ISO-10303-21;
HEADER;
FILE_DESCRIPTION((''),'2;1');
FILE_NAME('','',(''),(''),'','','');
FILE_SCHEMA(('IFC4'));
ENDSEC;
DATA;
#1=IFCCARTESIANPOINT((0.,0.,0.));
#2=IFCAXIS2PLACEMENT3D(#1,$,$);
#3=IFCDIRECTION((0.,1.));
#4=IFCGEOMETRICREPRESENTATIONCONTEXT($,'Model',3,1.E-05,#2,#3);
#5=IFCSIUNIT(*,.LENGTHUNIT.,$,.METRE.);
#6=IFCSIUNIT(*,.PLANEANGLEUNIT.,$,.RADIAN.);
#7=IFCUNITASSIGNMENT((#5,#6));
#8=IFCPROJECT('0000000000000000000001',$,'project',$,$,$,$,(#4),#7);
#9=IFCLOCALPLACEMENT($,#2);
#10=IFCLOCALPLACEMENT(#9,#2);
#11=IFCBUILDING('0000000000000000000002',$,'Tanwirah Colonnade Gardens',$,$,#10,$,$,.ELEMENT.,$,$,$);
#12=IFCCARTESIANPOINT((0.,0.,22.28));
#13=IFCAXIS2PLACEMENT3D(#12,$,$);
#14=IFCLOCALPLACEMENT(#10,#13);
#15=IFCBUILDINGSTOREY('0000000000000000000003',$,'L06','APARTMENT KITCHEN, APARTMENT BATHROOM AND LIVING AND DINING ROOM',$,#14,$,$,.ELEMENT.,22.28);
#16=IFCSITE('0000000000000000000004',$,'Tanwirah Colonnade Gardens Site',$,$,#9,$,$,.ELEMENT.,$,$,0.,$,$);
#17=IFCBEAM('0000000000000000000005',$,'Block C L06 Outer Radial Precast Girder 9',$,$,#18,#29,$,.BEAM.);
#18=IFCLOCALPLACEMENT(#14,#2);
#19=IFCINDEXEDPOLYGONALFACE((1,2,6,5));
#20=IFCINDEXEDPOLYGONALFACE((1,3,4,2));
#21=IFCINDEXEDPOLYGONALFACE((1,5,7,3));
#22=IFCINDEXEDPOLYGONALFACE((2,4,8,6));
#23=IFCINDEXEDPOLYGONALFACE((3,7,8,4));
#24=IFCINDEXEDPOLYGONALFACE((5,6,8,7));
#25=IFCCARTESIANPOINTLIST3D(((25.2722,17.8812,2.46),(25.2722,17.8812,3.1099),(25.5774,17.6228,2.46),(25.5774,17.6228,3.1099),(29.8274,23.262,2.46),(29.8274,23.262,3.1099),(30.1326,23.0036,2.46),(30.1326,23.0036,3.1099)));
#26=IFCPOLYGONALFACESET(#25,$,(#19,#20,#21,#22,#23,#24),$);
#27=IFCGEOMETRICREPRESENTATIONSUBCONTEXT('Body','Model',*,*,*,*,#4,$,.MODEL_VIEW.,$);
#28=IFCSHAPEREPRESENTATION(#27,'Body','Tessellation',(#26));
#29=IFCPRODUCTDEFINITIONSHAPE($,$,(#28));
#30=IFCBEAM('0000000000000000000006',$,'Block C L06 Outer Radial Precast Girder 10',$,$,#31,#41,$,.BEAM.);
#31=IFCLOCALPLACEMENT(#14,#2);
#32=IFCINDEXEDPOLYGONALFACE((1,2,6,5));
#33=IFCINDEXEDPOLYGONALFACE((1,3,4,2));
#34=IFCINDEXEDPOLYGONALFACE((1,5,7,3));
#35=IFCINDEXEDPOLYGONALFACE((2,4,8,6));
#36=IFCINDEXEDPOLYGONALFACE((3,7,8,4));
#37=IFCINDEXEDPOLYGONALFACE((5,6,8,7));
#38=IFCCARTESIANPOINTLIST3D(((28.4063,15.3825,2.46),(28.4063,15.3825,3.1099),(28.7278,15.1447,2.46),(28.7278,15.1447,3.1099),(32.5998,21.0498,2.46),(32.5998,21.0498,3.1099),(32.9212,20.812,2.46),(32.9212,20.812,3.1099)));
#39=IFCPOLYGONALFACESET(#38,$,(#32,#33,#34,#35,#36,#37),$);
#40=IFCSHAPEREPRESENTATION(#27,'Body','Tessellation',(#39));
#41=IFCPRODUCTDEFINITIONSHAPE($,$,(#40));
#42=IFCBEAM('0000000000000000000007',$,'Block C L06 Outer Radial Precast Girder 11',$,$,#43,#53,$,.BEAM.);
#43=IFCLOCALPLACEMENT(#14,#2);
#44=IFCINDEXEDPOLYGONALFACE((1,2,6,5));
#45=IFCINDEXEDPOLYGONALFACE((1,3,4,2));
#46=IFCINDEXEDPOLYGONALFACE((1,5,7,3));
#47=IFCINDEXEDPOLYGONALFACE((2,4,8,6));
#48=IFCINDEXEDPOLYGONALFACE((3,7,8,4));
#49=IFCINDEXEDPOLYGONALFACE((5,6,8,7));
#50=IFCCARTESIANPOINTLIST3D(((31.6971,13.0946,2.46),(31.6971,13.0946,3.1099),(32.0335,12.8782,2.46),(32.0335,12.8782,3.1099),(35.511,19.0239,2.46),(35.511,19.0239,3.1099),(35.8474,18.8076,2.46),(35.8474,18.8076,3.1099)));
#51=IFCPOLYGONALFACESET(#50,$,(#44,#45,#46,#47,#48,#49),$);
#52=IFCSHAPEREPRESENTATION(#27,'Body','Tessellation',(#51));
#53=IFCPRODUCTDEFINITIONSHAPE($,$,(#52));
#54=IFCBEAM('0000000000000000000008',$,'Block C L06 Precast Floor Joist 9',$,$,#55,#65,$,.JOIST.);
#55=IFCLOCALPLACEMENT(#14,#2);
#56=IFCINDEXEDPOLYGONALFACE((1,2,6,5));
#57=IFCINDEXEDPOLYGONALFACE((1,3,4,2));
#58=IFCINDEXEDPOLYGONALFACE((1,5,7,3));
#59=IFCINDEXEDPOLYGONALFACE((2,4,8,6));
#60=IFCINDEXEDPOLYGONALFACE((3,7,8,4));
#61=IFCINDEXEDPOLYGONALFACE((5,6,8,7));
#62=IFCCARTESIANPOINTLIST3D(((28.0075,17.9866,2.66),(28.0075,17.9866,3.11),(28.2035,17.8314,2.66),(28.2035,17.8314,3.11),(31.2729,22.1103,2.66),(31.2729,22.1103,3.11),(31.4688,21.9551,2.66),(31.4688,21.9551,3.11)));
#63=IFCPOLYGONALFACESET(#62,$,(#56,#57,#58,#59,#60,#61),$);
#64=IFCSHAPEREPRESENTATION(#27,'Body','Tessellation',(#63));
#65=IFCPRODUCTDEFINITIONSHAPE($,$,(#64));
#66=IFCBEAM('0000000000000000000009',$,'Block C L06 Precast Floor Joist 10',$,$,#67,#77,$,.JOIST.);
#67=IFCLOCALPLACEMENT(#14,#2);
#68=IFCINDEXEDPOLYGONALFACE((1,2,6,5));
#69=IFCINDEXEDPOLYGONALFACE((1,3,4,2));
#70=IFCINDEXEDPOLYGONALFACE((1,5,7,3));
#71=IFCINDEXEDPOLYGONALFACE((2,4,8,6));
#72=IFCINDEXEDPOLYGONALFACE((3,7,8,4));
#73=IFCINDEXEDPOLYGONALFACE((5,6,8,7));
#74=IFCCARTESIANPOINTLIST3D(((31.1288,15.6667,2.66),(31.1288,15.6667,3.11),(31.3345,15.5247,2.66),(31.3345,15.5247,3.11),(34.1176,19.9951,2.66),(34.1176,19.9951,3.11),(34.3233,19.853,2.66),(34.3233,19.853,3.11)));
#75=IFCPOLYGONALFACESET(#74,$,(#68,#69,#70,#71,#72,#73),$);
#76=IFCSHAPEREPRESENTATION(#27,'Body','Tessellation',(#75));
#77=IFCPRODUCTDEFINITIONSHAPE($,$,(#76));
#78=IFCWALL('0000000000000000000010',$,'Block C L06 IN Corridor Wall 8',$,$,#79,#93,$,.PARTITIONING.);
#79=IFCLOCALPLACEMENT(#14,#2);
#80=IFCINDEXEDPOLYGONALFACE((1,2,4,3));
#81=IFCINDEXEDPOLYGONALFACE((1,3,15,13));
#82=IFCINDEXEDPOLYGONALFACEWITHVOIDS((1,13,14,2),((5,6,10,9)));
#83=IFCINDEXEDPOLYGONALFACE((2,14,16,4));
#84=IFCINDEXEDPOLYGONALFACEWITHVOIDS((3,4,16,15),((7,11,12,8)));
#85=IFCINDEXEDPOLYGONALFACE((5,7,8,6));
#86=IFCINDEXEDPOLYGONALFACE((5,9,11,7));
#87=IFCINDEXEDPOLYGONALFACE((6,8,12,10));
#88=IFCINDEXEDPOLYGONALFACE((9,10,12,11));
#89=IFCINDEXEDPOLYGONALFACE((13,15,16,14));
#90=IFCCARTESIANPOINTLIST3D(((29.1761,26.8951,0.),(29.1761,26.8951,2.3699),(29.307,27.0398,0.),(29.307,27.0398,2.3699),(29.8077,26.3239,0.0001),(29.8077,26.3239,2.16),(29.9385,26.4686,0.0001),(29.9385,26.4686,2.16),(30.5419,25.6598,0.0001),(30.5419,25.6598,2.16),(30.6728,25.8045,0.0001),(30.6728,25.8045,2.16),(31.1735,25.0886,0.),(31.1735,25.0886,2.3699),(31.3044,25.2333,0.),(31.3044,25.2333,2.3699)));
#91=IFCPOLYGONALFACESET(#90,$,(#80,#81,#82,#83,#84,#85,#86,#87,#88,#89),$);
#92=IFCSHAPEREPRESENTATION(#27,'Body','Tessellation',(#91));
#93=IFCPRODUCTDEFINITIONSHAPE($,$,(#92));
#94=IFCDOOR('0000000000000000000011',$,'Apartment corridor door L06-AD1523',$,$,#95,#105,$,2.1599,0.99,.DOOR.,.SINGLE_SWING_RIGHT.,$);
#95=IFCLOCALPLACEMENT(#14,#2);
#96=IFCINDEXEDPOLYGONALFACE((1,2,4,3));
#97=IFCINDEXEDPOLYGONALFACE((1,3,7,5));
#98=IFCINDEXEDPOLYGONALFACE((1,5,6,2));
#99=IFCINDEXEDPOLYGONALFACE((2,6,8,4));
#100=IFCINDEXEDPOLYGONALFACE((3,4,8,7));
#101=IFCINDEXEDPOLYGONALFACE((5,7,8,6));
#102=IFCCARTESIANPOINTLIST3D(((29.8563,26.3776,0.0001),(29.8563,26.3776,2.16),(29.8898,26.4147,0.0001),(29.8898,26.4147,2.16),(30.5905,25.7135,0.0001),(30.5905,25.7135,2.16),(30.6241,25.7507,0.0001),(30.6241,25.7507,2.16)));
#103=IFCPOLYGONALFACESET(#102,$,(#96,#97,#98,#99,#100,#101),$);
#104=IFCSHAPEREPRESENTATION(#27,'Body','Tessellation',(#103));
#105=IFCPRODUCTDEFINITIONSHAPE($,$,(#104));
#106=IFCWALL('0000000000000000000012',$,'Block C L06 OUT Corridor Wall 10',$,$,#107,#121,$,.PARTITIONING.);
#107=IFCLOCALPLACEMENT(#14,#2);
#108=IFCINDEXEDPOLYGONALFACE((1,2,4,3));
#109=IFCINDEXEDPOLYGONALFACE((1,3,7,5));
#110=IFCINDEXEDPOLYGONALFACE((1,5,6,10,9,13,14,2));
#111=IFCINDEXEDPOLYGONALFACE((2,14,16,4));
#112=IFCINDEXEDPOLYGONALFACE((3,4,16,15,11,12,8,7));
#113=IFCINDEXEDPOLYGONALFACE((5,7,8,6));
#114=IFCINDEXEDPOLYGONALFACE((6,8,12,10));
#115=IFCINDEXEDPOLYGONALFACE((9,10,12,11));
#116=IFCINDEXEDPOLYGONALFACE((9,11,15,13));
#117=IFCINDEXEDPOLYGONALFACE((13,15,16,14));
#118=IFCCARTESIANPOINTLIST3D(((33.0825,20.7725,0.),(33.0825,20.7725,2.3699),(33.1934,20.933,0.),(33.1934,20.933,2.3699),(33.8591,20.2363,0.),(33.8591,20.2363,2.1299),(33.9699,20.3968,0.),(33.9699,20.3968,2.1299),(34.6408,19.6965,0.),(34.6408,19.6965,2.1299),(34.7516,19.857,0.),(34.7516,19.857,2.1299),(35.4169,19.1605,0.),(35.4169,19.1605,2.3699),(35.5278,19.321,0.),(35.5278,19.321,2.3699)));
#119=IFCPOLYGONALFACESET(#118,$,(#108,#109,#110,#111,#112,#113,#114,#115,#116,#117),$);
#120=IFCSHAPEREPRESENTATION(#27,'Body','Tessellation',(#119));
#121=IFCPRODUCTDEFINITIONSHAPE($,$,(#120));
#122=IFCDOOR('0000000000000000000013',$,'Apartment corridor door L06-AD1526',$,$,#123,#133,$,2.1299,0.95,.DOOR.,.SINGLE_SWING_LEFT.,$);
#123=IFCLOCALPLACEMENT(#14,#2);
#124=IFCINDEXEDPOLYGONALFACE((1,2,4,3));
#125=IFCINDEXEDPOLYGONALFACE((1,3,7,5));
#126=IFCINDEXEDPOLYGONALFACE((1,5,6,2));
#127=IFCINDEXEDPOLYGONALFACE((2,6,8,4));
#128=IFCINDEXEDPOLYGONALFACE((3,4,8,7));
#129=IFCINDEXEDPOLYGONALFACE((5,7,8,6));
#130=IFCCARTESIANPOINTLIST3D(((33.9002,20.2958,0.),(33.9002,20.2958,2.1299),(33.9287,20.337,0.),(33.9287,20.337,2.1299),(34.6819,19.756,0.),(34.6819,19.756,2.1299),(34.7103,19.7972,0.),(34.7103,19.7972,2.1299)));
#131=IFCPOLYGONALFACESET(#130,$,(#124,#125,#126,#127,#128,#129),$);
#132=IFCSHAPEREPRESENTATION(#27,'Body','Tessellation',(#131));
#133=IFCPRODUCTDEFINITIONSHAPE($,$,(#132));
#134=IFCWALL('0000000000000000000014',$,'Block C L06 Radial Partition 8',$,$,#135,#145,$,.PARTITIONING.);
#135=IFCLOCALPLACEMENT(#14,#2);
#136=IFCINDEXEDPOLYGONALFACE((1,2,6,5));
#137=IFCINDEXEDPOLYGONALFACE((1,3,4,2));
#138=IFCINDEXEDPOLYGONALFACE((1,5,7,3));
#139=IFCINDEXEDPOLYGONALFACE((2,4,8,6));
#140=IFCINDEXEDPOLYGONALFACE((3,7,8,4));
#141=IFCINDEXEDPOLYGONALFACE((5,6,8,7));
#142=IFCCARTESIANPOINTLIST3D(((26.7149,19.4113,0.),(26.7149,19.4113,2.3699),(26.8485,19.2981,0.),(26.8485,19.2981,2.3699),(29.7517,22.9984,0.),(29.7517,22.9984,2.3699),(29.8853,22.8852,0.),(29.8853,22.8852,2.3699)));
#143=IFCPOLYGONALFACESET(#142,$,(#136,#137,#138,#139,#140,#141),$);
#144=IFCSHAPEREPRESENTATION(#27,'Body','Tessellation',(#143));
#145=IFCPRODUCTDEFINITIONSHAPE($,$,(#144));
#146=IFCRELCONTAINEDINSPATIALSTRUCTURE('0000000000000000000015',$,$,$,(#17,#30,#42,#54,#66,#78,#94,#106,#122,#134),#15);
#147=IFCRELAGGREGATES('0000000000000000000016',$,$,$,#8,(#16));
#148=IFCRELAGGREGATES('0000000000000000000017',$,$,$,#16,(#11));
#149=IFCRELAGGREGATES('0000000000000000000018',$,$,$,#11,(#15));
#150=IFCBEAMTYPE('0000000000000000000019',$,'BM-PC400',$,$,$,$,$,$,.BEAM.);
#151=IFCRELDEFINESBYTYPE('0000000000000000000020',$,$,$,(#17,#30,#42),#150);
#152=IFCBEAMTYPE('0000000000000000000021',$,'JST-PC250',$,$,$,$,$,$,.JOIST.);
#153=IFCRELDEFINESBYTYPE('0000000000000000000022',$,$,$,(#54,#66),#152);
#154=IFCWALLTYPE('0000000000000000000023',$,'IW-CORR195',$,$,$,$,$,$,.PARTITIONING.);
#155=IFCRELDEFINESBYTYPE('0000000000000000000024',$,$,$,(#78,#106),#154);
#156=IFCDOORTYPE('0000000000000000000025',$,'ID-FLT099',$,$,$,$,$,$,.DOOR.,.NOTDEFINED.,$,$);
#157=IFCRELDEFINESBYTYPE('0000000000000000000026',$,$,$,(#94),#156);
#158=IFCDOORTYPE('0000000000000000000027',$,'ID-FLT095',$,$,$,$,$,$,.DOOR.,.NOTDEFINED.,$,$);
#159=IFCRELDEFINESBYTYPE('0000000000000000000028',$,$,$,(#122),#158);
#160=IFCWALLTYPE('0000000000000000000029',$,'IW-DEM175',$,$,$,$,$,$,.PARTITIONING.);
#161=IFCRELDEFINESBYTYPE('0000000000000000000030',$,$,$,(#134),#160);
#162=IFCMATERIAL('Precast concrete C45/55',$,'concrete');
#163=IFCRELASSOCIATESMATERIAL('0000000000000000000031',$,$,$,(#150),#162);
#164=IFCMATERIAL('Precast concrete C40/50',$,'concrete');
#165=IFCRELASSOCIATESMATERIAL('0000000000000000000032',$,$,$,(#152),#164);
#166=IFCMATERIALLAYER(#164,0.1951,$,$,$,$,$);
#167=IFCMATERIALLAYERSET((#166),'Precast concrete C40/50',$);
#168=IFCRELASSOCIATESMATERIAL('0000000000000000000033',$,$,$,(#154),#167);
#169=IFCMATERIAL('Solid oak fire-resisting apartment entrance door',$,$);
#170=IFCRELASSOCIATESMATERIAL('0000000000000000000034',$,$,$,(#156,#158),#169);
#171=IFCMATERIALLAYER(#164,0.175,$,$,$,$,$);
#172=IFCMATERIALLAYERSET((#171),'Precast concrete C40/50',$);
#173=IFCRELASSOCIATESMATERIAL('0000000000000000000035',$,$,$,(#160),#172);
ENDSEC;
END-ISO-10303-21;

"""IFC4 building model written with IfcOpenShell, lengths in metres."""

from ifc_helpers import new_model, si_unit, direction, frame, frame_2d, origin, origin_2d, place, context, subcontext, project, spatial, rectangle, extrude, material, layer, layer_set, material_profile, profile_set, type_object, element, fill, save


model = new_model("IFC4")

# Units and contexts
model_context = context("Model", 3, precision=1e-05, world=origin(), true_north=direction((0.0, 1.0)))
body_context = subcontext(model_context, "Body", "Model", "MODEL_VIEW")
ifc_project = project(units=[si_unit("LENGTHUNIT", "METRE"), si_unit("PLANEANGLEUNIT", "RADIAN")], contexts=[model_context])

# Site, building, storey
site_placement = place(None, origin())
site = spatial("IfcSite", under=ifc_project, at=site_placement, Name="Tanwirah Colonnade Gardens Site", CompositionType="ELEMENT", RefElevation=0.0)
building_placement = place(site_placement, origin())
building = spatial("IfcBuilding", under=site, at=building_placement, Name="Tanwirah Colonnade Gardens", CompositionType="ELEMENT")
storey_placement = place(building_placement, frame((0.0, 0.0, 22.28)))
storey = spatial("IfcBuildingStorey", under=building, at=storey_placement, Name="L06", Description="APARTMENT KITCHEN, APARTMENT BATHROOM AND LIVING AND DINING ROOM", CompositionType="ELEMENT", Elevation=22.28)

# Shared definitions
ifc_material_1 = material(Name="Precast concrete C40/50", Category="concrete")

# Beams
ifc_material_2 = material(Name="Precast concrete C45/55", Category="concrete")
ifc_material_profile_1 = material_profile(ifc_material_2, rectangle(XDim=0.3999, YDim=0.6499, at=origin_2d()), Name="PC-BM 400x650")
ifc_profile_set_1 = profile_set([ifc_material_profile_1], Name="Precast concrete C45/55")
beam_type_1 = type_object("IfcBeamType", Name="BM-PC400", PredefinedType="BEAM", material=ifc_profile_set_1)
for number, where, z_axis, x_axis, name in (
    (1, (29.98, 23.1328, 2.7849), (-0.646119, -0.763237, 0.0), (0.763237, -0.646119, 0.0), "Block C L06 Outer Radial Precast Girder 9"),
    (2, (32.7605, 20.9309, 2.7849), (-0.594807, -0.803869, 0.0), (0.803869, -0.594807, 0.0), "Block C L06 Outer Radial Precast Girder 10"),
    (3, (35.6792, 18.9158, 2.7849), (-0.540976, -0.841038, 0.0), (0.841038, -0.540976, 0.0), "Block C L06 Outer Radial Precast Girder 11"),
):
    element("IfcBeam", number, at=place(storey_placement, frame(where, z_axis=z_axis, x_axis=x_axis)), inside=storey, type_object=beam_type_1, Name=name, PredefinedType="BEAM", context=body_context, shape_type="SweptSolid", body=[
        extrude(rectangle(XDim=0.3999, YDim=0.6499, at=origin_2d()), origin(), (0.0, 0.0, 1.0), 7.05),
    ])
ifc_material_profile_2 = material_profile(ifc_material_1, rectangle(XDim=0.25, YDim=0.45, at=origin_2d()), Name="PC-JST 250x450")
ifc_profile_set_2 = profile_set([ifc_material_profile_2], Name="Precast concrete C40/50")
beam_type_2 = type_object("IfcBeamType", Name="JST-PC250", PredefinedType="JOIST", material=ifc_profile_set_2)
for number, where, z_axis, x_axis, name in (
    (4, (31.3708, 22.0327, 2.885), (-0.620787, -0.783979, 0.0), (0.783979, -0.620787, 0.0), "Block C L06 Precast Floor Joist 9"),
    (5, (34.2205, 19.9241, 2.885), (-0.568208, -0.822885, 0.0), (0.822885, -0.568208, 0.0), "Block C L06 Precast Floor Joist 10"),
):
    element("IfcBeam", number, at=place(storey_placement, frame(where, z_axis=z_axis, x_axis=x_axis)), inside=storey, type_object=beam_type_2, Name=name, PredefinedType="JOIST", context=body_context, shape_type="SweptSolid", body=[
        extrude(rectangle(XDim=0.25, YDim=0.45, at=origin_2d()), origin(), (0.0, 0.0, 1.0), 5.26),
    ])

# Walls, openings, doors
ifc_layer_1 = layer(ifc_material_1, 0.1951)
ifc_layer_set_1 = layer_set([ifc_layer_1], Name="Precast concrete C40/50")
wall_type_1 = type_object("IfcWallType", Name="IW-CORR195", PredefinedType="PARTITIONING", material=ifc_layer_set_1)
wall_1_placement = place(storey_placement, frame((29.2415, 26.9675, 0.0), z_axis=(0.0, 0.0, 1.0), x_axis=(0.741665, -0.670771, 0.0)))
wall_1 = element("IfcWall", 6, at=wall_1_placement, inside=storey, type_object=wall_type_1, Name="Block C L06 IN Corridor Wall 8", PredefinedType="PARTITIONING", context=body_context, shape_type="SweptSolid", body=[
    extrude(rectangle(XDim=2.6931, YDim=0.1951, at=frame_2d((1.3467, 0.0))), origin(), (0.0, 0.0, 1.0), 2.3699),
])
opening_1_placement = place(wall_1_placement, frame((0.8516, 0.0, 0.0)))
opening_1 = element("IfcOpeningElement", 7, at=opening_1_placement, cuts=wall_1, PredefinedType="OPENING", context=body_context, shape_type="SweptSolid", body=[
    extrude(rectangle(XDim=0.99, YDim=2.1599, at=frame_2d((0.4951, 1.0801))), frame((0.0, 0.1074, 0.0), z_axis=(0.0, -1.0, 0.0), x_axis=(1.0, 0.0, 0.0)), (0.0, 0.0, 1.0), 0.2151),
])
ifc_material_3 = material(Name="Solid oak fire-resisting apartment entrance door")
door_type_1 = type_object("IfcDoorType", Name="ID-FLT099", OperationType="NOTDEFINED", PredefinedType="DOOR", material=ifc_material_3)
door_1_placement = place(opening_1_placement, origin())
door_1 = element("IfcDoor", 8, at=door_1_placement, inside=storey, type_object=door_type_1, Name="Apartment corridor door L06-AD1523", OperationType="SINGLE_SWING_RIGHT", OverallHeight=2.1599, OverallWidth=0.99, PredefinedType="DOOR", context=body_context, shape_type="SweptSolid", body=[
    extrude(rectangle(XDim=0.99, YDim=2.1599, at=frame_2d((0.4951, 1.0801))), frame((0.0, 0.0249, 0.0), z_axis=(0.0, -1.0, 0.0), x_axis=(1.0, 0.0, 0.0)), (0.0, 0.0, 1.0), 0.05),
])
fill(opening_1, door_1)
wall_2_placement = place(storey_placement, frame((33.1379, 20.8528, 0.0), z_axis=(0.0, 0.0, 1.0), x_axis=(0.82287, -0.56823, 0.0)))
wall_2 = element("IfcWall", 9, at=wall_2_placement, inside=storey, type_object=wall_type_1, Name="Block C L06 OUT Corridor Wall 10", PredefinedType="PARTITIONING", context=body_context, shape_type="SweptSolid", body=[
    extrude(rectangle(XDim=2.8369, YDim=0.1951, at=frame_2d((1.4185, 0.0))), origin(), (0.0, 0.0, 1.0), 2.3699),
])
opening_2_placement = place(wall_2_placement, frame((0.9436, 0.0, 0.0)))
opening_2 = element("IfcOpeningElement", 10, at=opening_2_placement, cuts=wall_2, PredefinedType="OPENING", context=body_context, shape_type="SweptSolid", body=[
    extrude(rectangle(XDim=0.95, YDim=2.1299, at=frame_2d((0.4751, 1.0649))), frame((0.0, 0.1074, 0.0), z_axis=(0.0, -1.0, 0.0), x_axis=(1.0, 0.0, 0.0)), (0.0, 0.0, 1.0), 0.2151),
])
door_type_2 = type_object("IfcDoorType", Name="ID-FLT095", OperationType="NOTDEFINED", PredefinedType="DOOR", material=ifc_material_3)
door_2_placement = place(opening_2_placement, origin())
door_2 = element("IfcDoor", 11, at=door_2_placement, inside=storey, type_object=door_type_2, Name="Apartment corridor door L06-AD1526", OperationType="SINGLE_SWING_LEFT", OverallHeight=2.1299, OverallWidth=0.95, PredefinedType="DOOR", context=body_context, shape_type="SweptSolid", body=[
    extrude(rectangle(XDim=0.95, YDim=2.1299, at=frame_2d((0.4751, 1.0649))), frame((0.0, 0.0249, 0.0), z_axis=(0.0, -1.0, 0.0), x_axis=(1.0, 0.0, 0.0)), (0.0, 0.0, 1.0), 0.05),
])
fill(opening_2, door_2)

# Wall
ifc_layer_2 = layer(ifc_material_1, 0.175)
ifc_layer_set_2 = layer_set([ifc_layer_2], Name="Precast concrete C40/50")
wall_type_2 = type_object("IfcWallType", Name="IW-DEM175", PredefinedType="PARTITIONING", material=ifc_layer_set_2)
wall_3_placement = place(storey_placement, frame((29.8186, 22.9419, 0.0), z_axis=(0.0, 0.0, 1.0), x_axis=(-0.646138, -0.763221, 0.0)))
element("IfcWall", 12, at=wall_3_placement, inside=storey, type_object=wall_type_2, Name="Block C L06 Radial Partition 8", PredefinedType="PARTITIONING", context=body_context, shape_type="SweptSolid", body=[
    extrude(rectangle(XDim=4.7, YDim=0.175, at=frame_2d((2.3501, 0.0))), origin(), (0.0, 0.0, 1.0), 2.3699),
])

save(model, "model.ifc")
